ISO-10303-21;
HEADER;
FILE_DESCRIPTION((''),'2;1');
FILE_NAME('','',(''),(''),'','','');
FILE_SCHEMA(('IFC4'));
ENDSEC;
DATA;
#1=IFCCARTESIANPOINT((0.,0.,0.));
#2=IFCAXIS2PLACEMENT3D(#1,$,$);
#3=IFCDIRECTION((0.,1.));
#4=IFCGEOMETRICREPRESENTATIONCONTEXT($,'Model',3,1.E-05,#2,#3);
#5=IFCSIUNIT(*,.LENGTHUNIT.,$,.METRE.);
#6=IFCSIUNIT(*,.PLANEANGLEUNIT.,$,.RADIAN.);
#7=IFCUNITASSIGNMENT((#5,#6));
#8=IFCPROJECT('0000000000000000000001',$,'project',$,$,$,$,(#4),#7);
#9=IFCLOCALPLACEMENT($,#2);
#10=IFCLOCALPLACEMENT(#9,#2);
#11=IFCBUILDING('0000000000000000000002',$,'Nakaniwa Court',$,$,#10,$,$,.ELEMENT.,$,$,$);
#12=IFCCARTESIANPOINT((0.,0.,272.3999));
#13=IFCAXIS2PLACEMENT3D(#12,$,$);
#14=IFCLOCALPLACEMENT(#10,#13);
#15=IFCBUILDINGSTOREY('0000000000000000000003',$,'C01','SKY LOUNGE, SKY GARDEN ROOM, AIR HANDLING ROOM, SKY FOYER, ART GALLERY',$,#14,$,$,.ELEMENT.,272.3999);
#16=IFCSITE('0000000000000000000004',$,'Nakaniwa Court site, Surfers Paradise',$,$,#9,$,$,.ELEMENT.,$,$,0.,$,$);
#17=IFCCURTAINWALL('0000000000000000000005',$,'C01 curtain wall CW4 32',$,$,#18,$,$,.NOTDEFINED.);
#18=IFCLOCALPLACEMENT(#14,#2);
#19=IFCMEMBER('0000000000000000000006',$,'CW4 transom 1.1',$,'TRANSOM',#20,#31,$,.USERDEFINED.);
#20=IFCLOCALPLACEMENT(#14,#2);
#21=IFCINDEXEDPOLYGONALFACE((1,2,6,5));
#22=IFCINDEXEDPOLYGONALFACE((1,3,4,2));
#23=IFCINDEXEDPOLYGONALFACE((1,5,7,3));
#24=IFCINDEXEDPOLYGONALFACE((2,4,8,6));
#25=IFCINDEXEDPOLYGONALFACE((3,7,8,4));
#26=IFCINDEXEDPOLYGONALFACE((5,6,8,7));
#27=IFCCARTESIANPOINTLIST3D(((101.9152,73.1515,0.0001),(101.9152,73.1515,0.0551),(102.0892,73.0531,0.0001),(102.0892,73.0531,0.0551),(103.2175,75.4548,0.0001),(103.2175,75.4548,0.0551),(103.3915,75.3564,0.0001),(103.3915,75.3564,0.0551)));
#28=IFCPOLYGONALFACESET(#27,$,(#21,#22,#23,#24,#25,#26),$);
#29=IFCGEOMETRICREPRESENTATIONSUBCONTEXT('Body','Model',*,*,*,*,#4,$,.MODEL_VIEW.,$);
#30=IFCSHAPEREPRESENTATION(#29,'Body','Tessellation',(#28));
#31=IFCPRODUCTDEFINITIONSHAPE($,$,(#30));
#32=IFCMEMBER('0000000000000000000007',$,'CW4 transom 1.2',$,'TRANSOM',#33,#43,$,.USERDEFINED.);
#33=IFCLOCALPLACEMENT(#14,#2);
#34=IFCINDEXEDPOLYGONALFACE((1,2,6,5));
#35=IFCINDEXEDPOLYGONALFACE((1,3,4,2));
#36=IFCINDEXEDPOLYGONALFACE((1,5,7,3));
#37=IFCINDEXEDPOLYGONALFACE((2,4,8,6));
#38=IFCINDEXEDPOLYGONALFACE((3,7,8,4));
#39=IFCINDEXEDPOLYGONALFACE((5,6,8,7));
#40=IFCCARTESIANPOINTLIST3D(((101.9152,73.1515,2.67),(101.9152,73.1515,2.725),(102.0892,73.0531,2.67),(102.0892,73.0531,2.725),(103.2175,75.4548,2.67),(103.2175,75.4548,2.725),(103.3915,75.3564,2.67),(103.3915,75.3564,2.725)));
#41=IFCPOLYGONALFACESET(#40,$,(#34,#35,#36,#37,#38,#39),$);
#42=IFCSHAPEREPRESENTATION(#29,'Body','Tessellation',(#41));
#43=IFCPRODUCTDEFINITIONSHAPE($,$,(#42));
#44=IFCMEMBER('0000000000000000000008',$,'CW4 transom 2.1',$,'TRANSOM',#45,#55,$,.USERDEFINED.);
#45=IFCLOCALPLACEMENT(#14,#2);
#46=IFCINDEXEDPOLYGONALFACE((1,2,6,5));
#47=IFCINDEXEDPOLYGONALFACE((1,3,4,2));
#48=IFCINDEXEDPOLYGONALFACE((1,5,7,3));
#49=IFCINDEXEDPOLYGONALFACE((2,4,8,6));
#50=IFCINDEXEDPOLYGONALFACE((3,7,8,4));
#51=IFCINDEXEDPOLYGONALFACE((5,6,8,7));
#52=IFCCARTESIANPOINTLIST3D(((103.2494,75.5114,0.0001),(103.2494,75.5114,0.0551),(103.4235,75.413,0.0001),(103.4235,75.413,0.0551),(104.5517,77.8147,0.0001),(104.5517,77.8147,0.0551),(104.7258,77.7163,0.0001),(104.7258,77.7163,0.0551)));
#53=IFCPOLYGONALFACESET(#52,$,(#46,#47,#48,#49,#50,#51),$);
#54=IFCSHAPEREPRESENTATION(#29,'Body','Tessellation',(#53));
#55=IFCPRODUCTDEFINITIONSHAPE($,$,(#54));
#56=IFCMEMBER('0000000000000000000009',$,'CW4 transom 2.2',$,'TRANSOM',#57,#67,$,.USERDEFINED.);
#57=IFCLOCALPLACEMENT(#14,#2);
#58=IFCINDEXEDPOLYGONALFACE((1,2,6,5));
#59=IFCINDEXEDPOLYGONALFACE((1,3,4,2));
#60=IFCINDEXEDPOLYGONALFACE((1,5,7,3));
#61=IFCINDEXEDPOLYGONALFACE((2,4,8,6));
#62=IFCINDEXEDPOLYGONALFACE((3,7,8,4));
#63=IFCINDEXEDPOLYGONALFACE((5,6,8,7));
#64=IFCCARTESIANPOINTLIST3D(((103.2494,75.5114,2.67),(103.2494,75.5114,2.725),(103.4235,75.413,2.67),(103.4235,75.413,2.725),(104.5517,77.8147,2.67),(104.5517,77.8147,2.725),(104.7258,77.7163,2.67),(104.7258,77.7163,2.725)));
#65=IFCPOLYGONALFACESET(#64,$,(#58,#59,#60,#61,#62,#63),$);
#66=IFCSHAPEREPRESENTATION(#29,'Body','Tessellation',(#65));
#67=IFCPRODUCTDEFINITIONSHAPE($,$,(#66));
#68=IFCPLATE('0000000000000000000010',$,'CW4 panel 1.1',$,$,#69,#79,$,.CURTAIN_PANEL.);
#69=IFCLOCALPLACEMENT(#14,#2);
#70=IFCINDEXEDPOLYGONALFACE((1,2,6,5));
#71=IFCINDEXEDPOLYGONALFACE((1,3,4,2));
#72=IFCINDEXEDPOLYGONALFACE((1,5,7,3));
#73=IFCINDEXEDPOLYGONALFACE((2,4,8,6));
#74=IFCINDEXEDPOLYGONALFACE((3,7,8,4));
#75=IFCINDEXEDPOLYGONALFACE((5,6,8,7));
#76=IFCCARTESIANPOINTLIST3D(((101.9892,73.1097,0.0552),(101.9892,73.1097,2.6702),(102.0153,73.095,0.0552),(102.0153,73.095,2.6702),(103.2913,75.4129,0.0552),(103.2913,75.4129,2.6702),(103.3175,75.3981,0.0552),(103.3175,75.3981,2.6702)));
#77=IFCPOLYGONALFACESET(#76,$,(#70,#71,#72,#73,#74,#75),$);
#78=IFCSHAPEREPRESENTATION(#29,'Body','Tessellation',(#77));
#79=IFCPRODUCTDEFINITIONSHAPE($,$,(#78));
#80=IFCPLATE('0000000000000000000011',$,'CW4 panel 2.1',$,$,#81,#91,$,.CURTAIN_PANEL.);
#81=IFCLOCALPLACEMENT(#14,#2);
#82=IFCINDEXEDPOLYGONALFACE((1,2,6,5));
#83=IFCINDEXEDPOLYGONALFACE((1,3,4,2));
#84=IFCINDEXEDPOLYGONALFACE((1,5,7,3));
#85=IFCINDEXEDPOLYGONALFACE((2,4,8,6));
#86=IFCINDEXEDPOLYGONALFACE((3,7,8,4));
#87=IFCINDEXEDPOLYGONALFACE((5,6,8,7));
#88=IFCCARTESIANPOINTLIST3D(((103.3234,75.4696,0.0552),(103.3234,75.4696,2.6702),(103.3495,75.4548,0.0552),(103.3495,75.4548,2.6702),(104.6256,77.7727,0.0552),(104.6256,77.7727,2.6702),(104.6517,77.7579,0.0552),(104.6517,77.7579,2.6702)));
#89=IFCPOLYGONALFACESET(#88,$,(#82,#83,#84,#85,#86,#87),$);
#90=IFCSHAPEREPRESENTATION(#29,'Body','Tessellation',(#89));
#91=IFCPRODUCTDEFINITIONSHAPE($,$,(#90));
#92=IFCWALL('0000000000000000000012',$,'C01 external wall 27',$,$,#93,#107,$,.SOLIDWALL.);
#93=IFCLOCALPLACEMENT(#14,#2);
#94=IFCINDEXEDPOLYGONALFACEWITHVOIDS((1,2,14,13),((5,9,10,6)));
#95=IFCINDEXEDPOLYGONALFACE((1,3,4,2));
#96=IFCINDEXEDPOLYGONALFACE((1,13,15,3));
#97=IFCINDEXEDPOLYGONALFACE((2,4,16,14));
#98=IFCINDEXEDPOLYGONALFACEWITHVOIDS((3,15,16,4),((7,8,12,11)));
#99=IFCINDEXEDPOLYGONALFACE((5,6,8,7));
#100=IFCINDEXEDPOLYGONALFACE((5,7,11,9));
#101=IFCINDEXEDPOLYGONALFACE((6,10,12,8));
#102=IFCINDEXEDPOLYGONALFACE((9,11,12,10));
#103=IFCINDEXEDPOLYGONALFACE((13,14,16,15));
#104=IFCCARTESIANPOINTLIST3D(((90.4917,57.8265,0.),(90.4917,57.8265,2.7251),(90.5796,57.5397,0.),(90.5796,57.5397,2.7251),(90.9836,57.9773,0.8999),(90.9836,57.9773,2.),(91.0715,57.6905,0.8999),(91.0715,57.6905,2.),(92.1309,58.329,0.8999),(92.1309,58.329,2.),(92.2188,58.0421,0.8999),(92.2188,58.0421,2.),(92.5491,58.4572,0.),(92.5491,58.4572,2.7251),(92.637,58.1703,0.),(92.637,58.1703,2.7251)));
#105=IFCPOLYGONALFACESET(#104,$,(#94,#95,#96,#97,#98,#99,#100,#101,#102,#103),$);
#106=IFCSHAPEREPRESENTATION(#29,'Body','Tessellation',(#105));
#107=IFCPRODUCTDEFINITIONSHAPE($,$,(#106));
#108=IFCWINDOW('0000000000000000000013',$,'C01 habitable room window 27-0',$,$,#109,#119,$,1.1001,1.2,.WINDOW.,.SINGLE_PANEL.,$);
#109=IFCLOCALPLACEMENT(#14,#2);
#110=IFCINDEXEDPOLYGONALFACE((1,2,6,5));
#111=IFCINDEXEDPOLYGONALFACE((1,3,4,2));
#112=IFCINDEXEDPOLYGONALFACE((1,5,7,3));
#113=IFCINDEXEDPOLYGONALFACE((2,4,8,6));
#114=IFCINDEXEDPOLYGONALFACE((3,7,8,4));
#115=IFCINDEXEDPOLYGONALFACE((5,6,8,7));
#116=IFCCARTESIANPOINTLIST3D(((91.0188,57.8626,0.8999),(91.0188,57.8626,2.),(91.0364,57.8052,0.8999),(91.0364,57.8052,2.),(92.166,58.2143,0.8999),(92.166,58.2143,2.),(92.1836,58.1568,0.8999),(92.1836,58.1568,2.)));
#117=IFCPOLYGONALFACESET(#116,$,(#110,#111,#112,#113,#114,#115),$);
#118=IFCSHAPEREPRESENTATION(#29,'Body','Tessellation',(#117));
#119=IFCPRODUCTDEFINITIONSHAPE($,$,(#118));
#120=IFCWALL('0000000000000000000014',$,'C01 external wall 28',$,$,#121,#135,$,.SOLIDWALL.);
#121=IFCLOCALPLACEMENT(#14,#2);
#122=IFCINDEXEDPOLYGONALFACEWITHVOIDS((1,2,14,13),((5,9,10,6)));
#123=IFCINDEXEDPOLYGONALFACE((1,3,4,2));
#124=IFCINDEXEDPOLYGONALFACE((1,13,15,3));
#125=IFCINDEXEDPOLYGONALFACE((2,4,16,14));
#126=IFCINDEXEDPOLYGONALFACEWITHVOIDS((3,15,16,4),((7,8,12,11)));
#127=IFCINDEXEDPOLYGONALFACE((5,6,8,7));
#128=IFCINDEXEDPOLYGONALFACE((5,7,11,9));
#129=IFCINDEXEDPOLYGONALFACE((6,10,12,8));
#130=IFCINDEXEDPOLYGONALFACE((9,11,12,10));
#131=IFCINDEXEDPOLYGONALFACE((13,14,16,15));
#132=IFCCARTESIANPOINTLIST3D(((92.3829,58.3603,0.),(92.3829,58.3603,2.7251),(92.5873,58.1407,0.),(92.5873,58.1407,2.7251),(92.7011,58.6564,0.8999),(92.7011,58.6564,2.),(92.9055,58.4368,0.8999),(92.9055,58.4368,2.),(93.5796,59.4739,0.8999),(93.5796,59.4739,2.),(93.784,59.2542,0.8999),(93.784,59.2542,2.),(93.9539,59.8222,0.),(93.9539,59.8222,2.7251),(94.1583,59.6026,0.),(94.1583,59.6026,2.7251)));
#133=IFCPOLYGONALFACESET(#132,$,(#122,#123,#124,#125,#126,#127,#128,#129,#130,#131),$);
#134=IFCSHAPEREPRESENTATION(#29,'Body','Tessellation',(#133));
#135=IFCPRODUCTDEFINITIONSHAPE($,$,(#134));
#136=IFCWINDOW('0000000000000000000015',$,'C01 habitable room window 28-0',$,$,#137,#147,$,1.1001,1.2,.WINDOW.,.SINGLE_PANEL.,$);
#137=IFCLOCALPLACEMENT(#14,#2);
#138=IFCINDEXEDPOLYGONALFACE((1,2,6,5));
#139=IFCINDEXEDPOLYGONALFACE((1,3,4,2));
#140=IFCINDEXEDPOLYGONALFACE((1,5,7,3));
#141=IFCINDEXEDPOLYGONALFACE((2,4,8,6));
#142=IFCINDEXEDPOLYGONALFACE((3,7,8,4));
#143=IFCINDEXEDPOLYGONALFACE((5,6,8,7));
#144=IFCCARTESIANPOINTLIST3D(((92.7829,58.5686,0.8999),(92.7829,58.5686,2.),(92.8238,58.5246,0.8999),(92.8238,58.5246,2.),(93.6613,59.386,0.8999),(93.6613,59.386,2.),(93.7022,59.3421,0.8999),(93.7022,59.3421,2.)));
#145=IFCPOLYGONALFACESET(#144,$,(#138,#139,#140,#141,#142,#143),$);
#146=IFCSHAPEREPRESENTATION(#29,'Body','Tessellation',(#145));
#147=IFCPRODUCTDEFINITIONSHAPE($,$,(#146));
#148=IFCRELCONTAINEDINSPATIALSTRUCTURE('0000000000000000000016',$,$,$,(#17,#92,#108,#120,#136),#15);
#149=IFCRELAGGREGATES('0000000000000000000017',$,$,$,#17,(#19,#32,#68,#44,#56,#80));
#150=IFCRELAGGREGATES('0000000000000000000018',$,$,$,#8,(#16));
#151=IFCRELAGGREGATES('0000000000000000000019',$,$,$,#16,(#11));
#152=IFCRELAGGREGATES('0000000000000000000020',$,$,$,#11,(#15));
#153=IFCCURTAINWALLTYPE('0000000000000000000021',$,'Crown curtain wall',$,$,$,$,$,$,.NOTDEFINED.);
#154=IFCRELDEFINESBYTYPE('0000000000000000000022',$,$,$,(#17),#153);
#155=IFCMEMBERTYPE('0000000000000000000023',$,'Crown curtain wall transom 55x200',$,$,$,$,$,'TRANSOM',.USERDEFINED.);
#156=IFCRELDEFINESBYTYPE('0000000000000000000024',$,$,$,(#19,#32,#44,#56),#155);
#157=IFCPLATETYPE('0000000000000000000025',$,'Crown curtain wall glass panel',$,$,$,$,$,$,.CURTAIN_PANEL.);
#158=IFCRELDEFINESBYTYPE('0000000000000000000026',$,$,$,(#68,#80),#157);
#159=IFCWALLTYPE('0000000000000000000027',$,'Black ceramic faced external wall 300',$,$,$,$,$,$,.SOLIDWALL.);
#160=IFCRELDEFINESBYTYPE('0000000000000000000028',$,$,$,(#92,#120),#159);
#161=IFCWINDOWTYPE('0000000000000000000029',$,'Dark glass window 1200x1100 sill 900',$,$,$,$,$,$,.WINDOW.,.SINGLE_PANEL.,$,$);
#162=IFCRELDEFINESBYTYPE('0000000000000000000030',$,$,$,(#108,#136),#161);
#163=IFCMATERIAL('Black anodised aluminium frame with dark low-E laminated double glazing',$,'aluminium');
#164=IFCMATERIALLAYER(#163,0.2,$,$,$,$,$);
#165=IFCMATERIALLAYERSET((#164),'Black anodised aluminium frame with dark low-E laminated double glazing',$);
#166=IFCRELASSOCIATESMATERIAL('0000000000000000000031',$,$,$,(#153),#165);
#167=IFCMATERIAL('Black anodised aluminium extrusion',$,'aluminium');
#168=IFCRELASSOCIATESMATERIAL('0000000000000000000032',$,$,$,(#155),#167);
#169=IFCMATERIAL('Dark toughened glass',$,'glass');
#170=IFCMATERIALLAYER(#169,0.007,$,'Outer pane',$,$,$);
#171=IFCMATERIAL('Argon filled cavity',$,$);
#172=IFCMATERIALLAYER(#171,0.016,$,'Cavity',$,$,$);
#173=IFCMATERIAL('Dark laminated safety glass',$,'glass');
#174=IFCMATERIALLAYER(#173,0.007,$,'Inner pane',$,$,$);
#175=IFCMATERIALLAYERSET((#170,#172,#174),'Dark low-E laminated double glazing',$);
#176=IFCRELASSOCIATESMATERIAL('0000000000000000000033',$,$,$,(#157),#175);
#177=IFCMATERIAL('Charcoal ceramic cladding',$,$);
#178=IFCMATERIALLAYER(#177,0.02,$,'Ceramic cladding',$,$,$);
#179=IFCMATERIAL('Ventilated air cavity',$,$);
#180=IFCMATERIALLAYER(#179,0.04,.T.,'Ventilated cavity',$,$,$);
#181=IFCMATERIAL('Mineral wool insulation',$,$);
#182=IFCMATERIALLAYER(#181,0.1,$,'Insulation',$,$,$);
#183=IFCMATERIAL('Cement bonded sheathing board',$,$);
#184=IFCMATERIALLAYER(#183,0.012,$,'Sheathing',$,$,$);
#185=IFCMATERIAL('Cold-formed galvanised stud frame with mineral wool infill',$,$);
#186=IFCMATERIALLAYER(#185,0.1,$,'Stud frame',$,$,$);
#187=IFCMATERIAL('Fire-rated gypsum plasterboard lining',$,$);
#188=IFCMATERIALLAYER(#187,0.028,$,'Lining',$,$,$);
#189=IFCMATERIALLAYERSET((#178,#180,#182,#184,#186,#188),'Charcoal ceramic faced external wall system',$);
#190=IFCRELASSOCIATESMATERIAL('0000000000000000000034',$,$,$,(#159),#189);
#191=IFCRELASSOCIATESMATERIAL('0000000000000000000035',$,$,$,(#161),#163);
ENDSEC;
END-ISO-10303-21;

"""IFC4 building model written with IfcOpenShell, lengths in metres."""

from ifc_helpers import new_model, si_unit, direction, frame, frame_2d, origin, origin_2d, place, context, subcontext, project, spatial, rectangle, extrude, material, layer, layer_set, material_profile, profile_set, type_object, element, fill, aggregate, save


model = new_model("IFC4")

# Units and contexts
model_context = context("Model", 3, precision=1e-05, world=origin(), true_north=direction((0.0, 1.0)))
body_context = subcontext(model_context, "Body", "Model", "MODEL_VIEW")
ifc_project = project(units=[si_unit("LENGTHUNIT", "METRE"), si_unit("PLANEANGLEUNIT", "RADIAN")], contexts=[model_context])

# Site, building, storey
site_placement = place(None, origin())
site = spatial("IfcSite", under=ifc_project, at=site_placement, Name="Nakaniwa Court site, Surfers Paradise", CompositionType="ELEMENT", RefElevation=0.0)
building_placement = place(site_placement, origin())
building = spatial("IfcBuilding", under=site, at=building_placement, Name="Nakaniwa Court", CompositionType="ELEMENT")
storey_placement = place(building_placement, frame((0.0, 0.0, 272.3999)))
storey = spatial("IfcBuildingStorey", under=building, at=storey_placement, Name="C01", Description="SKY LOUNGE, SKY GARDEN ROOM, AIR HANDLING ROOM, SKY FOYER, ART GALLERY", CompositionType="ELEMENT", Elevation=272.3999)

# Curtain wall
ifc_material_1 = material(Name="Black anodised aluminium frame with dark low-E laminated double glazing", Category="aluminium")
ifc_layer_1 = layer(ifc_material_1, 0.2)
ifc_layer_set_1 = layer_set([ifc_layer_1], Name="Black anodised aluminium frame with dark low-E laminated double glazing")
curtain_wall_type = type_object("IfcCurtainWallType", Name="Crown curtain wall", PredefinedType="NOTDEFINED", material=ifc_layer_set_1)
curtain_wall_1_placement = place(storey_placement, origin())
curtain_wall_1 = element("IfcCurtainWall", 1, at=curtain_wall_1_placement, inside=storey, type_object=curtain_wall_type, Name="C01 curtain wall CW4 32", PredefinedType="NOTDEFINED")
ifc_material_2 = material(Name="Black anodised aluminium extrusion", Category="aluminium")

# Members
ifc_material_profile_1 = material_profile(ifc_material_2, rectangle(XDim=0.2, YDim=0.0549, at=origin_2d()), Name="Crown curtain wall transom 55x200")
ifc_profile_set_1 = profile_set([ifc_material_profile_1], Name="Black anodised aluminium extrusion")
member_type_1 = type_object("IfcMemberType", Name="Crown curtain wall transom 55x200", ElementType="TRANSOM", PredefinedType="USERDEFINED", material=ifc_profile_set_1)
member_1_placement = place(storey_placement, frame((102.0022, 73.1023, 0.0276), z_axis=(0.492179, 0.870494, 0.0), x_axis=(-0.870494, 0.492179, 0.0)))
member_1 = element("IfcMember", 2, at=member_1_placement, type_object=member_type_1, Name="CW4 transom 1.1", ObjectType="TRANSOM", PredefinedType="USERDEFINED", context=body_context, shape_type="SweptSolid", body=[
    extrude(rectangle(XDim=0.2, YDim=0.0549, at=origin_2d()), origin(), (0.0, 0.0, 1.0), 2.646),
])
member_2_placement = place(storey_placement, frame((102.0022, 73.1023, 2.6975), z_axis=(0.492179, 0.870494, 0.0), x_axis=(-0.870494, 0.492179, 0.0)))
member_2 = element("IfcMember", 3, at=member_2_placement, type_object=member_type_1, Name="CW4 transom 1.2", ObjectType="TRANSOM", PredefinedType="USERDEFINED", context=body_context, shape_type="SweptSolid", body=[
    extrude(rectangle(XDim=0.2, YDim=0.0549, at=origin_2d()), origin(), (0.0, 0.0, 1.0), 2.646),
])
member_3_placement = place(storey_placement, frame((103.3364, 75.4622, 0.0276), z_axis=(0.492179, 0.870494, 0.0), x_axis=(-0.870494, 0.492179, 0.0)))
member_3 = element("IfcMember", 4, at=member_3_placement, type_object=member_type_1, Name="CW4 transom 2.1", ObjectType="TRANSOM", PredefinedType="USERDEFINED", context=body_context, shape_type="SweptSolid", body=[
    extrude(rectangle(XDim=0.2, YDim=0.0549, at=origin_2d()), origin(), (0.0, 0.0, 1.0), 2.646),
])
member_4_placement = place(storey_placement, frame((103.3364, 75.4622, 2.6975), z_axis=(0.492179, 0.870494, 0.0), x_axis=(-0.870494, 0.492179, 0.0)))
member_4 = element("IfcMember", 5, at=member_4_placement, type_object=member_type_1, Name="CW4 transom 2.2", ObjectType="TRANSOM", PredefinedType="USERDEFINED", context=body_context, shape_type="SweptSolid", body=[
    extrude(rectangle(XDim=0.2, YDim=0.0549, at=origin_2d()), origin(), (0.0, 0.0, 1.0), 2.646),
])

# Plates
ifc_material_3 = material(Name="Dark toughened glass", Category="glass")
ifc_layer_2 = layer(ifc_material_3, 0.007, Name="Outer pane")
ifc_material_4 = material(Name="Argon filled cavity")
ifc_layer_3 = layer(ifc_material_4, 0.016, Name="Cavity")
ifc_material_5 = material(Name="Dark laminated safety glass", Category="glass")
ifc_layer_4 = layer(ifc_material_5, 0.007, Name="Inner pane")
ifc_layer_set_2 = layer_set([ifc_layer_2, ifc_layer_3, ifc_layer_4], Name="Dark low-E laminated double glazing")
plate_type = type_object("IfcPlateType", Name="Crown curtain wall glass panel", PredefinedType="CURTAIN_PANEL", material=ifc_layer_set_2)
plate_1_placement = place(storey_placement, frame((102.6533, 74.2539, 0.0552), z_axis=(0.0, 0.0, 1.0), x_axis=(0.492177, 0.870495, 0.0)))
plate_1 = element("IfcPlate", 6, at=plate_1_placement, type_object=plate_type, Name="CW4 panel 1.1", PredefinedType="CURTAIN_PANEL", context=body_context, shape_type="SweptSolid", body=[
    extrude(rectangle(XDim=2.6458, YDim=0.03, at=origin_2d()), origin(), (0.0, 0.0, 1.0), 2.615),
])
plate_2_placement = place(storey_placement, frame((103.9875, 76.6138, 0.0552), z_axis=(0.0, 0.0, 1.0), x_axis=(0.492177, 0.870495, 0.0)))
plate_2 = element("IfcPlate", 7, at=plate_2_placement, type_object=plate_type, Name="CW4 panel 2.1", PredefinedType="CURTAIN_PANEL", context=body_context, shape_type="SweptSolid", body=[
    extrude(rectangle(XDim=2.6458, YDim=0.03, at=origin_2d()), origin(), (0.0, 0.0, 1.0), 2.615),
])
aggregate(curtain_wall_1, [member_1, member_2, plate_1, member_3, member_4, plate_2])

# Walls, openings, windows
ifc_material_6 = material(Name="Charcoal ceramic cladding")
ifc_layer_5 = layer(ifc_material_6, 0.02, Name="Ceramic cladding")
ifc_material_7 = material(Name="Ventilated air cavity")
ifc_layer_6 = layer(ifc_material_7, 0.04, ventilated=True, Name="Ventilated cavity")
ifc_material_8 = material(Name="Mineral wool insulation")
ifc_layer_7 = layer(ifc_material_8, 0.1, Name="Insulation")
ifc_material_9 = material(Name="Cement bonded sheathing board")
ifc_layer_8 = layer(ifc_material_9, 0.012, Name="Sheathing")
ifc_material_10 = material(Name="Cold-formed galvanised stud frame with mineral wool infill")
ifc_layer_9 = layer(ifc_material_10, 0.1, Name="Stud frame")
ifc_material_11 = material(Name="Fire-rated gypsum plasterboard lining")
ifc_layer_10 = layer(ifc_material_11, 0.028, Name="Lining")
ifc_layer_set_3 = layer_set([ifc_layer_5, ifc_layer_6, ifc_layer_7, ifc_layer_8, ifc_layer_9, ifc_layer_10], Name="Charcoal ceramic faced external wall system")
wall_type = type_object("IfcWallType", Name="Black ceramic faced external wall 300", PredefinedType="SOLIDWALL", material=ifc_layer_set_3)
wall_1_placement = place(storey_placement, frame((90.5356, 57.6831, 0.0), z_axis=(0.0, 0.0, 1.0), x_axis=(0.956095, 0.293057, 0.0)))
wall_1 = element("IfcWall", 8, at=wall_1_placement, inside=storey, type_object=wall_type, Name="C01 external wall 27", PredefinedType="SOLIDWALL", context=body_context, shape_type="SweptSolid", body=[
    extrude(rectangle(XDim=2.1519, YDim=0.3, at=frame_2d((1.0759, 0.0))), origin(), (0.0, 0.0, 1.0), 2.7251),
])
opening_1_placement = place(wall_1_placement, frame((0.5144, 0.0, 0.8999)))
opening_1 = element("IfcOpeningElement", 9, at=opening_1_placement, cuts=wall_1, PredefinedType="OPENING", context=body_context, shape_type="SweptSolid", body=[
    extrude(rectangle(XDim=1.2, YDim=1.1001, at=frame_2d((0.6001, 0.55))), frame((0.0, 0.1599, 0.0), z_axis=(0.0, -1.0, 0.0), x_axis=(1.0, 0.0, 0.0)), (0.0, 0.0, 1.0), 0.3201),
])
window_type_1 = type_object("IfcWindowType", Name="Dark glass window 1200x1100 sill 900", PartitioningType="SINGLE_PANEL", PredefinedType="WINDOW", material=ifc_material_1)
window_1_placement = place(opening_1_placement, origin())
window_1 = element("IfcWindow", 10, at=window_1_placement, inside=storey, type_object=window_type_1, Name="C01 habitable room window 27-0", OverallHeight=1.1001, OverallWidth=1.2, PartitioningType="SINGLE_PANEL", PredefinedType="WINDOW", context=body_context, shape_type="SweptSolid", body=[
    extrude(rectangle(XDim=1.2, YDim=1.1001, at=frame_2d((0.6001, 0.55))), frame((0.0, 0.03, 0.0), z_axis=(0.0, -1.0, 0.0), x_axis=(1.0, 0.0, 0.0)), (0.0, 0.0, 1.0), 0.0601),
])
fill(opening_1, window_1)
wall_2_placement = place(storey_placement, frame((92.4851, 58.2505, 0.0), z_axis=(0.0, 0.0, 1.0), x_axis=(0.732076, 0.681223, 0.0)))
wall_2 = element("IfcWall", 11, at=wall_2_placement, inside=storey, type_object=wall_type, Name="C01 external wall 28", PredefinedType="SOLIDWALL", context=body_context, shape_type="SweptSolid", body=[
    extrude(rectangle(XDim=2.146, YDim=0.3, at=frame_2d((1.073, 0.0))), origin(), (0.0, 0.0, 1.0), 2.7251),
])
opening_2_placement = place(wall_2_placement, frame((0.4346, 0.0, 0.8999)))
opening_2 = element("IfcOpeningElement", 12, at=opening_2_placement, cuts=wall_2, PredefinedType="OPENING", context=body_context, shape_type="SweptSolid", body=[
    extrude(rectangle(XDim=1.2, YDim=1.1001, at=frame_2d((0.6001, 0.55))), frame((0.0, 0.1599, 0.0), z_axis=(0.0, -1.0, 0.0), x_axis=(1.0, 0.0, 0.0)), (0.0, 0.0, 1.0), 0.3201),
])
window_2_placement = place(opening_2_placement, origin())
window_2 = element("IfcWindow", 13, at=window_2_placement, inside=storey, type_object=window_type_1, Name="C01 habitable room window 28-0", OverallHeight=1.1001, OverallWidth=1.2, PartitioningType="SINGLE_PANEL", PredefinedType="WINDOW", context=body_context, shape_type="SweptSolid", body=[
    extrude(rectangle(XDim=1.2, YDim=1.1001, at=frame_2d((0.6001, 0.55))), frame((0.0, 0.03, 0.0), z_axis=(0.0, -1.0, 0.0), x_axis=(1.0, 0.0, 0.0)), (0.0, 0.0, 1.0), 0.0601),
])
fill(opening_2, window_2)

save(model, "model.ifc")
